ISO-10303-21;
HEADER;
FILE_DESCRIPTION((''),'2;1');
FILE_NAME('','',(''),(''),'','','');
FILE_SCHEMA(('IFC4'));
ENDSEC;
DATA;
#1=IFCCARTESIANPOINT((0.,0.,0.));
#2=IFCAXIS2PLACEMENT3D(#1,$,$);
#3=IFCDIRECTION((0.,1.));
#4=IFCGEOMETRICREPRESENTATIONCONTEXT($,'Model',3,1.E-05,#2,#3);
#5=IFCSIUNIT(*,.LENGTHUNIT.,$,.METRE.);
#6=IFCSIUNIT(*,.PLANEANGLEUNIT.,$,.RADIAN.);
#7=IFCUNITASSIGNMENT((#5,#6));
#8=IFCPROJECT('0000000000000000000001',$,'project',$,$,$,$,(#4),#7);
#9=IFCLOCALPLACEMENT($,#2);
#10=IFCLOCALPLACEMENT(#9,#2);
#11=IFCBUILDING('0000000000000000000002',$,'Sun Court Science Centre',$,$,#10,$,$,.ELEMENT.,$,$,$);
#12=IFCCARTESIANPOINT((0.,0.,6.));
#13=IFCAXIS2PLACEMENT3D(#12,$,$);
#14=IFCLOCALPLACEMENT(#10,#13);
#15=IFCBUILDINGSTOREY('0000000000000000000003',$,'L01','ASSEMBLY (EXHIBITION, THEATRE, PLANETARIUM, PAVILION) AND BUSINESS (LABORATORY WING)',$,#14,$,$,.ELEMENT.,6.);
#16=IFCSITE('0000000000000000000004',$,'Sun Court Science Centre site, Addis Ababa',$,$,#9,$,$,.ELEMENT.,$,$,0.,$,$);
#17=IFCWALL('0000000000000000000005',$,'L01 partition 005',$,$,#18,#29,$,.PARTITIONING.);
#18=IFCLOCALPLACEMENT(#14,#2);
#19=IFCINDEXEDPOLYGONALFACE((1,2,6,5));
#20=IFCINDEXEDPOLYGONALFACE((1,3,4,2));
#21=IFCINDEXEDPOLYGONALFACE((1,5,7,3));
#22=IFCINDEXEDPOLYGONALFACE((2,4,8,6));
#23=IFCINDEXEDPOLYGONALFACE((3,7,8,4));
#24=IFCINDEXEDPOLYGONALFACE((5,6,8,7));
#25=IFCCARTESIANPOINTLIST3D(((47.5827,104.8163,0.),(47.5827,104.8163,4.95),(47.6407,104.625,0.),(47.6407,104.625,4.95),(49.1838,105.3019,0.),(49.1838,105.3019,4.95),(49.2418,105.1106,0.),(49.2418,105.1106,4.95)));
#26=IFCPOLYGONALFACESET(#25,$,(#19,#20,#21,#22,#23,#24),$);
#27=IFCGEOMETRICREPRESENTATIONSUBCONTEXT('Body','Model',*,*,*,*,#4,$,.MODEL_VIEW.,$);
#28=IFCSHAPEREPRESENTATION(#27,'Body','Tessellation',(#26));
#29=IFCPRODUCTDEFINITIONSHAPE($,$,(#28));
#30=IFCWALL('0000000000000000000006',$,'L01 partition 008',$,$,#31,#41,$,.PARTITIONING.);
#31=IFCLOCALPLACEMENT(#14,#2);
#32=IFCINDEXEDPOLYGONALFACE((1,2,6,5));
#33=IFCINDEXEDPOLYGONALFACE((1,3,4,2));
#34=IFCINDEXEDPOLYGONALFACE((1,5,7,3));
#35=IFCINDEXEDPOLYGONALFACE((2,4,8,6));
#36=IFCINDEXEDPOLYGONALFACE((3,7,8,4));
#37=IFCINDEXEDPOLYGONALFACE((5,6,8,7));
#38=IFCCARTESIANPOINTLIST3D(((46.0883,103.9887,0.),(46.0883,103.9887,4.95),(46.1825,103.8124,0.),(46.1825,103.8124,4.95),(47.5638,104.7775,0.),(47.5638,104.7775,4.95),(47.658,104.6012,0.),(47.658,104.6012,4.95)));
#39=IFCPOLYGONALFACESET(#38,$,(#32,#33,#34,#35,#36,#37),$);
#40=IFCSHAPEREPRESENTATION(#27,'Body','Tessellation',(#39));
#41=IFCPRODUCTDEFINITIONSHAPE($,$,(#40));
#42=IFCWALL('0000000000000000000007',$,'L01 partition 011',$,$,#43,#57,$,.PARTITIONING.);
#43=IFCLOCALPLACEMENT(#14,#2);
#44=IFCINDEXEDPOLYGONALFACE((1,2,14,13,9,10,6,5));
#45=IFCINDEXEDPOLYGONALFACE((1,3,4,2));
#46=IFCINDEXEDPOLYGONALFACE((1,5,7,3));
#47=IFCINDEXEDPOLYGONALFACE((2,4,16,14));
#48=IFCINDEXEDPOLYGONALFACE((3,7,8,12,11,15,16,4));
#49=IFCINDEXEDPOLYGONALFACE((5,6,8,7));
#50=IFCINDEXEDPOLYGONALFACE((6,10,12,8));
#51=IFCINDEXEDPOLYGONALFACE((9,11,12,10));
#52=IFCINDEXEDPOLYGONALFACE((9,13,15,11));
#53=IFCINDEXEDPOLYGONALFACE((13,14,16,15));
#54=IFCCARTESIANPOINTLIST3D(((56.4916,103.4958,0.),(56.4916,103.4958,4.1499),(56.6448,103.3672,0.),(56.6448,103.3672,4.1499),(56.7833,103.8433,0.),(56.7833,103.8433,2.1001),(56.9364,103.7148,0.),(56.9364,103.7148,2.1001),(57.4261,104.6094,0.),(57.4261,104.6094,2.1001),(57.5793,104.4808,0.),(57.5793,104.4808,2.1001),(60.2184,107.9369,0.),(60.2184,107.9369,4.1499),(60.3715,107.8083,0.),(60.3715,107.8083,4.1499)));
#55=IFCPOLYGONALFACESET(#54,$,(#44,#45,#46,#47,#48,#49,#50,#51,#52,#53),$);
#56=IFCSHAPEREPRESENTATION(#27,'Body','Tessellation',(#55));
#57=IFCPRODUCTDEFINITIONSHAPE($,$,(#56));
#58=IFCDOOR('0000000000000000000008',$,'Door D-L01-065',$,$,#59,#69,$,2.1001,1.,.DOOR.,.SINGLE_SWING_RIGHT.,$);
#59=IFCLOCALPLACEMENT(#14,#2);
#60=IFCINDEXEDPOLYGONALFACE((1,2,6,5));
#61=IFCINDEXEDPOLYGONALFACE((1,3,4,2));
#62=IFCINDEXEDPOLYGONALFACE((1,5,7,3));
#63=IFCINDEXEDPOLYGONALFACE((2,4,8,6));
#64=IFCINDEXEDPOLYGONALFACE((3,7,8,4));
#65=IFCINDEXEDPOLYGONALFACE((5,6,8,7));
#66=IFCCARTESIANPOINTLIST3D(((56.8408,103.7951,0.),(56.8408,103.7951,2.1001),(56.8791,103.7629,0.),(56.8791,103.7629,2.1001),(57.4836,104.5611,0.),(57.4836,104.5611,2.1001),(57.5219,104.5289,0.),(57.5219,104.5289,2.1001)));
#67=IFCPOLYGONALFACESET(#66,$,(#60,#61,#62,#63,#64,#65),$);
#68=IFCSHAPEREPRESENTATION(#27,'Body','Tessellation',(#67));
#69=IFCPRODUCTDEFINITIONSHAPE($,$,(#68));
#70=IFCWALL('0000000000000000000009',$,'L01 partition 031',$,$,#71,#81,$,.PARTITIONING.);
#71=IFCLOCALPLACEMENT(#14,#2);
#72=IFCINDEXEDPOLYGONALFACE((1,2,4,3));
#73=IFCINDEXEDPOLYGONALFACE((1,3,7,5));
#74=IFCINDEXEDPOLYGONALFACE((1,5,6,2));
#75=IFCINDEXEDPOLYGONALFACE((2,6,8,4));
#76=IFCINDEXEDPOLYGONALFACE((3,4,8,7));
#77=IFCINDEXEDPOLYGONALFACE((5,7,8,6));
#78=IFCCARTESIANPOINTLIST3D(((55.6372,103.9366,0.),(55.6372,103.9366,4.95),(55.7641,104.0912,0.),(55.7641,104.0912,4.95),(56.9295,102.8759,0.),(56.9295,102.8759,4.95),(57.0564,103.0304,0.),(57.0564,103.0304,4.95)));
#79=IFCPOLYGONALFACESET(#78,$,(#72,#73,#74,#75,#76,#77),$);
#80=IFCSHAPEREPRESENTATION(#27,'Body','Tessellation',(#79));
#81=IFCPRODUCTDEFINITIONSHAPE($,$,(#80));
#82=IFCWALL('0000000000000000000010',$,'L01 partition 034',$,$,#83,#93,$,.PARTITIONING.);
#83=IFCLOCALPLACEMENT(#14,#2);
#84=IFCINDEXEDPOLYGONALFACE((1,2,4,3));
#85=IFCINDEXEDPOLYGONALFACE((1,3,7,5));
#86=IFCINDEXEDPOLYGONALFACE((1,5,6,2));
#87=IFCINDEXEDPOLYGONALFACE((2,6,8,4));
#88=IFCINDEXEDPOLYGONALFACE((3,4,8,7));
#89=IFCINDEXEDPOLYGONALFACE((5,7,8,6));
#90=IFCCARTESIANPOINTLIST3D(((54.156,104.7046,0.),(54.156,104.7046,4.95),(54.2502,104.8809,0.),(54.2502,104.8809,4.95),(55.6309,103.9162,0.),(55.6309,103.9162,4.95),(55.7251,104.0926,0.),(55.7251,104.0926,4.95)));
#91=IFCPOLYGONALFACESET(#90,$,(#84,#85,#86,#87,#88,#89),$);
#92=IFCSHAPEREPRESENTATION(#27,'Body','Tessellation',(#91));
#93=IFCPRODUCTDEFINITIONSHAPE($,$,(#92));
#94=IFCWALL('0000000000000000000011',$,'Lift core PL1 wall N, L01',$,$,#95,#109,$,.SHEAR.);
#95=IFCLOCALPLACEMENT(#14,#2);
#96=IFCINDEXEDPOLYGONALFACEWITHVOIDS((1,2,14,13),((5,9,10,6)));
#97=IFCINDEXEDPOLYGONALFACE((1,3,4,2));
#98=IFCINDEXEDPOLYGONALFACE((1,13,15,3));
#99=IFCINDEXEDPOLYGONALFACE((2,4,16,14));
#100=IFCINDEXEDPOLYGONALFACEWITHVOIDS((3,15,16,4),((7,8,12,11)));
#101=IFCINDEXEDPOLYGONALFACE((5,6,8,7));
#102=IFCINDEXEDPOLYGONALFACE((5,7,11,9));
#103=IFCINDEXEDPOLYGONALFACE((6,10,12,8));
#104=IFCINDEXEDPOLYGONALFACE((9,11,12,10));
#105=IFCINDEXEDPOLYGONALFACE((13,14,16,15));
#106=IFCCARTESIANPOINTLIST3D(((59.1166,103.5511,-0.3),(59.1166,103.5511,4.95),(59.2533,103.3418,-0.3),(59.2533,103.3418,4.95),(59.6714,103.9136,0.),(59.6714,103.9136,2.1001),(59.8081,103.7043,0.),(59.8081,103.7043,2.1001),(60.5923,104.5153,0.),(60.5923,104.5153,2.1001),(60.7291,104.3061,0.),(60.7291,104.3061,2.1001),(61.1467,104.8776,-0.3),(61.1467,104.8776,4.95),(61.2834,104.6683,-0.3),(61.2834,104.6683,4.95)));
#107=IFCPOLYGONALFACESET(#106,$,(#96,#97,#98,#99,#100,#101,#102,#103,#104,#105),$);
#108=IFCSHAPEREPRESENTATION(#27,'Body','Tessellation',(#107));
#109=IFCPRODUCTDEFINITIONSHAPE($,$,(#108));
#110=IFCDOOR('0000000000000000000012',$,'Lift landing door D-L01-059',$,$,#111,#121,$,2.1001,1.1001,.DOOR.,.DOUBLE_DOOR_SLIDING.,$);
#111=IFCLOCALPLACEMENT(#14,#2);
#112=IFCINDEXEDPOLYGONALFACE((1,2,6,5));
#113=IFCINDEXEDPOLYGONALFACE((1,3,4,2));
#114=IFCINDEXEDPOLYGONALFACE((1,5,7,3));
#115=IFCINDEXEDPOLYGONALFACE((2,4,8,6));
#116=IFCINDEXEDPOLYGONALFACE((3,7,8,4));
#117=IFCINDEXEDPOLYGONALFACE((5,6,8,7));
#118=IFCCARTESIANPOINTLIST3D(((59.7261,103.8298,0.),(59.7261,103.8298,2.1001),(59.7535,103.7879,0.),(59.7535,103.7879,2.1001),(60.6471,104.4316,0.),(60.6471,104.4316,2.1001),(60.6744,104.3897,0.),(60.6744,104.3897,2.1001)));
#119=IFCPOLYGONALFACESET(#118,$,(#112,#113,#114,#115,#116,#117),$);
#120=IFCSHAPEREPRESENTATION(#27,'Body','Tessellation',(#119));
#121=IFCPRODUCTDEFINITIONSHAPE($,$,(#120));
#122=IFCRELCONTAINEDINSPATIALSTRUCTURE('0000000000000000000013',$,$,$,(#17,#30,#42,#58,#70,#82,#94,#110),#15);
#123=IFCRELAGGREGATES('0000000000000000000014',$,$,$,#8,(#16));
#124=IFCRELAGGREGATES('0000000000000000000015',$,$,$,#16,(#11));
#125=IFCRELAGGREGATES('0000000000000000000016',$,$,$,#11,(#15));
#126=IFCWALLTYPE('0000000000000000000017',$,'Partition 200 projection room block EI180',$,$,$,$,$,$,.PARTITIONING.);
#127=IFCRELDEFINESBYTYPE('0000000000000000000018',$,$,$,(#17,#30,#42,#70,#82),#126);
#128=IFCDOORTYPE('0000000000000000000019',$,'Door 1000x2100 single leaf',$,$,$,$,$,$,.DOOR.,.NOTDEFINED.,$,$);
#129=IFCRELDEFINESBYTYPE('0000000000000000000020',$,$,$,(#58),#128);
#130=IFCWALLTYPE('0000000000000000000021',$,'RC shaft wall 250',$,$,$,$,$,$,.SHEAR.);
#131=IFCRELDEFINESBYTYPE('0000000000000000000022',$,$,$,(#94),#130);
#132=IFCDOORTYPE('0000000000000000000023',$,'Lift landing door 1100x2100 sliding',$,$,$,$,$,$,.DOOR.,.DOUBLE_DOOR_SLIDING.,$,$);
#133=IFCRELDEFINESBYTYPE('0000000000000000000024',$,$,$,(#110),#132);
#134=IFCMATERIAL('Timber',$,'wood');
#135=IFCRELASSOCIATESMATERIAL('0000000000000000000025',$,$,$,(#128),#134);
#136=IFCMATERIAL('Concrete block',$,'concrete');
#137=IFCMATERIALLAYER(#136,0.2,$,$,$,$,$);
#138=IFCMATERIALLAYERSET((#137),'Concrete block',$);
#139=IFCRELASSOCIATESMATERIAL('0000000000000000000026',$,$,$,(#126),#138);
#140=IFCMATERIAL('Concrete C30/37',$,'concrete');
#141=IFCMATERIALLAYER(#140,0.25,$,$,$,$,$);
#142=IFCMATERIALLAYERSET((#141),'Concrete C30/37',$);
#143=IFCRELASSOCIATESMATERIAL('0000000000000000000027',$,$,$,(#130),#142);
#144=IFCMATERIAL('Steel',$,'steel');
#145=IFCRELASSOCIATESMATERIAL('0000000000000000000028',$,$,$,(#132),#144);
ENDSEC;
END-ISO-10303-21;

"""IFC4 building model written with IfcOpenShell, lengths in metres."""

from ifc_helpers import new_model, si_unit, direction, frame, frame_2d, origin, place, context, subcontext, project, spatial, rectangle, extrude, material, layer, layer_set, type_object, element, fill, save


model = new_model("IFC4")

# Units and contexts
model_context = context("Model", 3, precision=1e-05, world=origin(), true_north=direction((0.0, 1.0)))
body_context = subcontext(model_context, "Body", "Model", "MODEL_VIEW")
ifc_project = project(units=[si_unit("LENGTHUNIT", "METRE"), si_unit("PLANEANGLEUNIT", "RADIAN")], contexts=[model_context])

# Site, building, storey
site_placement = place(None, origin())
site = spatial("IfcSite", under=ifc_project, at=site_placement, Name="Sun Court Science Centre site, Addis Ababa", CompositionType="ELEMENT", RefElevation=0.0)
building_placement = place(site_placement, origin())
building = spatial("IfcBuilding", under=site, at=building_placement, Name="Sun Court Science Centre", CompositionType="ELEMENT")
storey_placement = place(building_placement, frame((0.0, 0.0, 6.0)))
storey = spatial("IfcBuildingStorey", under=building, at=storey_placement, Name="L01", Description="ASSEMBLY (EXHIBITION, THEATRE, PLANETARIUM, PAVILION) AND BUSINESS (LABORATORY WING)", CompositionType="ELEMENT", Elevation=6.0)

# Shared definitions
ifc_material_1 = material(Name="Timber", Category="wood")
door_type_1 = type_object("IfcDoorType", Name="Door 1000x2100 single leaf", OperationType="NOTDEFINED", PredefinedType="DOOR", material=ifc_material_1)

# Walls
ifc_material_2 = material(Name="Concrete block", Category="concrete")
ifc_layer_1 = layer(ifc_material_2, 0.2)
ifc_layer_set_1 = layer_set([ifc_layer_1], Name="Concrete block")
wall_type_1 = type_object("IfcWallType", Name="Partition 200 projection room block EI180", PredefinedType="PARTITIONING", material=ifc_layer_set_1)
for number, where, z_axis, x_axis, name in (
    (1, (47.6118, 104.7207, 0.0), (0.0, 0.0, 1.0), (0.956954, 0.290238, 0.0), "L01 partition 005"),
    (2, (46.1355, 103.9006, 0.0), (0.0, 0.0, 1.0), (0.881896, 0.471444, 0.0), "L01 partition 008"),
):
    element("IfcWall", number, at=place(storey_placement, frame(where, z_axis=z_axis, x_axis=x_axis)), inside=storey, type_object=wall_type_1, Name=name, PredefinedType="PARTITIONING", context=body_context, shape_type="SweptSolid", body=[
        extrude(rectangle(XDim=1.6731, YDim=0.2, at=frame_2d((0.8364, 0.0))), origin(), (0.0, 0.0, 1.0), 4.95),
    ])

# Wall, opening, door
wall_1_placement = place(storey_placement, frame((56.5681, 103.4314, 0.0), z_axis=(0.0, 0.0, 1.0), x_axis=(0.642811, 0.766025, 0.0)))
wall_1 = element("IfcWall", 3, at=wall_1_placement, inside=storey, type_object=wall_type_1, Name="L01 partition 011", PredefinedType="PARTITIONING", context=body_context, shape_type="SweptSolid", body=[
    extrude(rectangle(XDim=5.7976, YDim=0.2, at=frame_2d((2.8989, 0.0))), origin(), (0.0, 0.0, 1.0), 4.1499),
])
opening_1_placement = place(wall_1_placement, frame((0.4539, 0.0, 0.0)))
opening_1 = element("IfcOpeningElement", 4, at=opening_1_placement, cuts=wall_1, PredefinedType="OPENING", context=body_context, shape_type="SweptSolid", body=[
    extrude(rectangle(XDim=1.0, YDim=2.1001, at=frame_2d((0.5, 1.05))), frame((0.0, 0.1099, 0.0), z_axis=(0.0, -1.0, 0.0), x_axis=(1.0, 0.0, 0.0)), (0.0, 0.0, 1.0), 0.22),
])
door_1_placement = place(opening_1_placement, origin())
door_1 = element("IfcDoor", 5, at=door_1_placement, inside=storey, type_object=door_type_1, Name="Door D-L01-065", OperationType="SINGLE_SWING_RIGHT", OverallHeight=2.1001, OverallWidth=1.0, PredefinedType="DOOR", context=body_context, shape_type="SweptSolid", body=[
    extrude(rectangle(XDim=1.0, YDim=2.1001, at=frame_2d((0.5, 1.05))), frame((0.0, 0.0249, 0.0), z_axis=(0.0, -1.0, 0.0), x_axis=(1.0, 0.0, 0.0)), (0.0, 0.0, 1.0), 0.05),
])
fill(opening_1, door_1)

# Walls
wall_2_placement = place(storey_placement, frame((56.9929, 102.9531, 0.0), z_axis=(0.0, 0.0, 1.0), x_axis=(-0.772928, 0.634493, 0.0)))
element("IfcWall", 6, at=wall_2_placement, inside=storey, type_object=wall_type_1, Name="L01 partition 031", PredefinedType="PARTITIONING", context=body_context, shape_type="SweptSolid", body=[
    extrude(rectangle(XDim=1.6719, YDim=0.2, at=frame_2d((0.8359, 0.0))), origin(), (0.0, 0.0, 1.0), 4.95),
])
wall_3_placement = place(storey_placement, frame((55.678, 104.0044, 0.0), z_axis=(0.0, 0.0, 1.0), x_axis=(-0.88192, 0.471399, 0.0)))
element("IfcWall", 7, at=wall_3_placement, inside=storey, type_object=wall_type_1, Name="L01 partition 034", PredefinedType="PARTITIONING", context=body_context, shape_type="SweptSolid", body=[
    extrude(rectangle(XDim=1.6724, YDim=0.2, at=frame_2d((0.8362, 0.0))), origin(), (0.0, 0.0, 1.0), 4.95),
])

# Wall, opening, door
ifc_material_3 = material(Name="Concrete C30/37", Category="concrete")
ifc_layer_2 = layer(ifc_material_3, 0.25)
ifc_layer_set_2 = layer_set([ifc_layer_2], Name="Concrete C30/37")
wall_type_2 = type_object("IfcWallType", Name="RC shaft wall 250", PredefinedType="SHEAR", material=ifc_layer_set_2)
wall_4_placement = place(storey_placement, frame((59.1851, 103.4465, -0.3), z_axis=(0.0, 0.0, 1.0), x_axis=(0.837142, 0.546986, 0.0)))
wall_4 = element("IfcWall", 8, at=wall_4_placement, inside=storey, type_object=wall_type_2, Name="Lift core PL1 wall N, L01", PredefinedType="SHEAR", context=body_context, shape_type="SweptSolid", body=[
    extrude(rectangle(XDim=2.425, YDim=0.25, at=frame_2d((1.2124, 0.0))), origin(), (0.0, 0.0, 1.0), 5.25),
])
opening_2_placement = place(wall_4_placement, frame((0.6626, 0.0, 0.3)))
opening_2 = element("IfcOpeningElement", 9, at=opening_2_placement, cuts=wall_4, PredefinedType="OPENING", context=body_context, shape_type="SweptSolid", body=[
    extrude(rectangle(XDim=1.1001, YDim=2.1001, at=frame_2d((0.55, 1.05))), frame((0.0, 0.135, 0.0), z_axis=(0.0, -1.0, 0.0), x_axis=(1.0, 0.0, 0.0)), (0.0, 0.0, 1.0), 0.27),
])
ifc_material_4 = material(Name="Steel", Category="steel")
door_type_2 = type_object("IfcDoorType", Name="Lift landing door 1100x2100 sliding", OperationType="DOUBLE_DOOR_SLIDING", PredefinedType="DOOR", material=ifc_material_4)
door_2_placement = place(opening_2_placement, origin())
door_2 = element("IfcDoor", 10, at=door_2_placement, inside=storey, type_object=door_type_2, Name="Lift landing door D-L01-059", OperationType="DOUBLE_DOOR_SLIDING", OverallHeight=2.1001, OverallWidth=1.1001, PredefinedType="DOOR", context=body_context, shape_type="SweptSolid", body=[
    extrude(rectangle(XDim=1.1001, YDim=2.1001, at=frame_2d((0.55, 1.05))), frame((0.0, 0.0249, 0.0), z_axis=(0.0, -1.0, 0.0), x_axis=(1.0, 0.0, 0.0)), (0.0, 0.0, 1.0), 0.05),
])
fill(opening_2, door_2)

save(model, "model.ifc")
